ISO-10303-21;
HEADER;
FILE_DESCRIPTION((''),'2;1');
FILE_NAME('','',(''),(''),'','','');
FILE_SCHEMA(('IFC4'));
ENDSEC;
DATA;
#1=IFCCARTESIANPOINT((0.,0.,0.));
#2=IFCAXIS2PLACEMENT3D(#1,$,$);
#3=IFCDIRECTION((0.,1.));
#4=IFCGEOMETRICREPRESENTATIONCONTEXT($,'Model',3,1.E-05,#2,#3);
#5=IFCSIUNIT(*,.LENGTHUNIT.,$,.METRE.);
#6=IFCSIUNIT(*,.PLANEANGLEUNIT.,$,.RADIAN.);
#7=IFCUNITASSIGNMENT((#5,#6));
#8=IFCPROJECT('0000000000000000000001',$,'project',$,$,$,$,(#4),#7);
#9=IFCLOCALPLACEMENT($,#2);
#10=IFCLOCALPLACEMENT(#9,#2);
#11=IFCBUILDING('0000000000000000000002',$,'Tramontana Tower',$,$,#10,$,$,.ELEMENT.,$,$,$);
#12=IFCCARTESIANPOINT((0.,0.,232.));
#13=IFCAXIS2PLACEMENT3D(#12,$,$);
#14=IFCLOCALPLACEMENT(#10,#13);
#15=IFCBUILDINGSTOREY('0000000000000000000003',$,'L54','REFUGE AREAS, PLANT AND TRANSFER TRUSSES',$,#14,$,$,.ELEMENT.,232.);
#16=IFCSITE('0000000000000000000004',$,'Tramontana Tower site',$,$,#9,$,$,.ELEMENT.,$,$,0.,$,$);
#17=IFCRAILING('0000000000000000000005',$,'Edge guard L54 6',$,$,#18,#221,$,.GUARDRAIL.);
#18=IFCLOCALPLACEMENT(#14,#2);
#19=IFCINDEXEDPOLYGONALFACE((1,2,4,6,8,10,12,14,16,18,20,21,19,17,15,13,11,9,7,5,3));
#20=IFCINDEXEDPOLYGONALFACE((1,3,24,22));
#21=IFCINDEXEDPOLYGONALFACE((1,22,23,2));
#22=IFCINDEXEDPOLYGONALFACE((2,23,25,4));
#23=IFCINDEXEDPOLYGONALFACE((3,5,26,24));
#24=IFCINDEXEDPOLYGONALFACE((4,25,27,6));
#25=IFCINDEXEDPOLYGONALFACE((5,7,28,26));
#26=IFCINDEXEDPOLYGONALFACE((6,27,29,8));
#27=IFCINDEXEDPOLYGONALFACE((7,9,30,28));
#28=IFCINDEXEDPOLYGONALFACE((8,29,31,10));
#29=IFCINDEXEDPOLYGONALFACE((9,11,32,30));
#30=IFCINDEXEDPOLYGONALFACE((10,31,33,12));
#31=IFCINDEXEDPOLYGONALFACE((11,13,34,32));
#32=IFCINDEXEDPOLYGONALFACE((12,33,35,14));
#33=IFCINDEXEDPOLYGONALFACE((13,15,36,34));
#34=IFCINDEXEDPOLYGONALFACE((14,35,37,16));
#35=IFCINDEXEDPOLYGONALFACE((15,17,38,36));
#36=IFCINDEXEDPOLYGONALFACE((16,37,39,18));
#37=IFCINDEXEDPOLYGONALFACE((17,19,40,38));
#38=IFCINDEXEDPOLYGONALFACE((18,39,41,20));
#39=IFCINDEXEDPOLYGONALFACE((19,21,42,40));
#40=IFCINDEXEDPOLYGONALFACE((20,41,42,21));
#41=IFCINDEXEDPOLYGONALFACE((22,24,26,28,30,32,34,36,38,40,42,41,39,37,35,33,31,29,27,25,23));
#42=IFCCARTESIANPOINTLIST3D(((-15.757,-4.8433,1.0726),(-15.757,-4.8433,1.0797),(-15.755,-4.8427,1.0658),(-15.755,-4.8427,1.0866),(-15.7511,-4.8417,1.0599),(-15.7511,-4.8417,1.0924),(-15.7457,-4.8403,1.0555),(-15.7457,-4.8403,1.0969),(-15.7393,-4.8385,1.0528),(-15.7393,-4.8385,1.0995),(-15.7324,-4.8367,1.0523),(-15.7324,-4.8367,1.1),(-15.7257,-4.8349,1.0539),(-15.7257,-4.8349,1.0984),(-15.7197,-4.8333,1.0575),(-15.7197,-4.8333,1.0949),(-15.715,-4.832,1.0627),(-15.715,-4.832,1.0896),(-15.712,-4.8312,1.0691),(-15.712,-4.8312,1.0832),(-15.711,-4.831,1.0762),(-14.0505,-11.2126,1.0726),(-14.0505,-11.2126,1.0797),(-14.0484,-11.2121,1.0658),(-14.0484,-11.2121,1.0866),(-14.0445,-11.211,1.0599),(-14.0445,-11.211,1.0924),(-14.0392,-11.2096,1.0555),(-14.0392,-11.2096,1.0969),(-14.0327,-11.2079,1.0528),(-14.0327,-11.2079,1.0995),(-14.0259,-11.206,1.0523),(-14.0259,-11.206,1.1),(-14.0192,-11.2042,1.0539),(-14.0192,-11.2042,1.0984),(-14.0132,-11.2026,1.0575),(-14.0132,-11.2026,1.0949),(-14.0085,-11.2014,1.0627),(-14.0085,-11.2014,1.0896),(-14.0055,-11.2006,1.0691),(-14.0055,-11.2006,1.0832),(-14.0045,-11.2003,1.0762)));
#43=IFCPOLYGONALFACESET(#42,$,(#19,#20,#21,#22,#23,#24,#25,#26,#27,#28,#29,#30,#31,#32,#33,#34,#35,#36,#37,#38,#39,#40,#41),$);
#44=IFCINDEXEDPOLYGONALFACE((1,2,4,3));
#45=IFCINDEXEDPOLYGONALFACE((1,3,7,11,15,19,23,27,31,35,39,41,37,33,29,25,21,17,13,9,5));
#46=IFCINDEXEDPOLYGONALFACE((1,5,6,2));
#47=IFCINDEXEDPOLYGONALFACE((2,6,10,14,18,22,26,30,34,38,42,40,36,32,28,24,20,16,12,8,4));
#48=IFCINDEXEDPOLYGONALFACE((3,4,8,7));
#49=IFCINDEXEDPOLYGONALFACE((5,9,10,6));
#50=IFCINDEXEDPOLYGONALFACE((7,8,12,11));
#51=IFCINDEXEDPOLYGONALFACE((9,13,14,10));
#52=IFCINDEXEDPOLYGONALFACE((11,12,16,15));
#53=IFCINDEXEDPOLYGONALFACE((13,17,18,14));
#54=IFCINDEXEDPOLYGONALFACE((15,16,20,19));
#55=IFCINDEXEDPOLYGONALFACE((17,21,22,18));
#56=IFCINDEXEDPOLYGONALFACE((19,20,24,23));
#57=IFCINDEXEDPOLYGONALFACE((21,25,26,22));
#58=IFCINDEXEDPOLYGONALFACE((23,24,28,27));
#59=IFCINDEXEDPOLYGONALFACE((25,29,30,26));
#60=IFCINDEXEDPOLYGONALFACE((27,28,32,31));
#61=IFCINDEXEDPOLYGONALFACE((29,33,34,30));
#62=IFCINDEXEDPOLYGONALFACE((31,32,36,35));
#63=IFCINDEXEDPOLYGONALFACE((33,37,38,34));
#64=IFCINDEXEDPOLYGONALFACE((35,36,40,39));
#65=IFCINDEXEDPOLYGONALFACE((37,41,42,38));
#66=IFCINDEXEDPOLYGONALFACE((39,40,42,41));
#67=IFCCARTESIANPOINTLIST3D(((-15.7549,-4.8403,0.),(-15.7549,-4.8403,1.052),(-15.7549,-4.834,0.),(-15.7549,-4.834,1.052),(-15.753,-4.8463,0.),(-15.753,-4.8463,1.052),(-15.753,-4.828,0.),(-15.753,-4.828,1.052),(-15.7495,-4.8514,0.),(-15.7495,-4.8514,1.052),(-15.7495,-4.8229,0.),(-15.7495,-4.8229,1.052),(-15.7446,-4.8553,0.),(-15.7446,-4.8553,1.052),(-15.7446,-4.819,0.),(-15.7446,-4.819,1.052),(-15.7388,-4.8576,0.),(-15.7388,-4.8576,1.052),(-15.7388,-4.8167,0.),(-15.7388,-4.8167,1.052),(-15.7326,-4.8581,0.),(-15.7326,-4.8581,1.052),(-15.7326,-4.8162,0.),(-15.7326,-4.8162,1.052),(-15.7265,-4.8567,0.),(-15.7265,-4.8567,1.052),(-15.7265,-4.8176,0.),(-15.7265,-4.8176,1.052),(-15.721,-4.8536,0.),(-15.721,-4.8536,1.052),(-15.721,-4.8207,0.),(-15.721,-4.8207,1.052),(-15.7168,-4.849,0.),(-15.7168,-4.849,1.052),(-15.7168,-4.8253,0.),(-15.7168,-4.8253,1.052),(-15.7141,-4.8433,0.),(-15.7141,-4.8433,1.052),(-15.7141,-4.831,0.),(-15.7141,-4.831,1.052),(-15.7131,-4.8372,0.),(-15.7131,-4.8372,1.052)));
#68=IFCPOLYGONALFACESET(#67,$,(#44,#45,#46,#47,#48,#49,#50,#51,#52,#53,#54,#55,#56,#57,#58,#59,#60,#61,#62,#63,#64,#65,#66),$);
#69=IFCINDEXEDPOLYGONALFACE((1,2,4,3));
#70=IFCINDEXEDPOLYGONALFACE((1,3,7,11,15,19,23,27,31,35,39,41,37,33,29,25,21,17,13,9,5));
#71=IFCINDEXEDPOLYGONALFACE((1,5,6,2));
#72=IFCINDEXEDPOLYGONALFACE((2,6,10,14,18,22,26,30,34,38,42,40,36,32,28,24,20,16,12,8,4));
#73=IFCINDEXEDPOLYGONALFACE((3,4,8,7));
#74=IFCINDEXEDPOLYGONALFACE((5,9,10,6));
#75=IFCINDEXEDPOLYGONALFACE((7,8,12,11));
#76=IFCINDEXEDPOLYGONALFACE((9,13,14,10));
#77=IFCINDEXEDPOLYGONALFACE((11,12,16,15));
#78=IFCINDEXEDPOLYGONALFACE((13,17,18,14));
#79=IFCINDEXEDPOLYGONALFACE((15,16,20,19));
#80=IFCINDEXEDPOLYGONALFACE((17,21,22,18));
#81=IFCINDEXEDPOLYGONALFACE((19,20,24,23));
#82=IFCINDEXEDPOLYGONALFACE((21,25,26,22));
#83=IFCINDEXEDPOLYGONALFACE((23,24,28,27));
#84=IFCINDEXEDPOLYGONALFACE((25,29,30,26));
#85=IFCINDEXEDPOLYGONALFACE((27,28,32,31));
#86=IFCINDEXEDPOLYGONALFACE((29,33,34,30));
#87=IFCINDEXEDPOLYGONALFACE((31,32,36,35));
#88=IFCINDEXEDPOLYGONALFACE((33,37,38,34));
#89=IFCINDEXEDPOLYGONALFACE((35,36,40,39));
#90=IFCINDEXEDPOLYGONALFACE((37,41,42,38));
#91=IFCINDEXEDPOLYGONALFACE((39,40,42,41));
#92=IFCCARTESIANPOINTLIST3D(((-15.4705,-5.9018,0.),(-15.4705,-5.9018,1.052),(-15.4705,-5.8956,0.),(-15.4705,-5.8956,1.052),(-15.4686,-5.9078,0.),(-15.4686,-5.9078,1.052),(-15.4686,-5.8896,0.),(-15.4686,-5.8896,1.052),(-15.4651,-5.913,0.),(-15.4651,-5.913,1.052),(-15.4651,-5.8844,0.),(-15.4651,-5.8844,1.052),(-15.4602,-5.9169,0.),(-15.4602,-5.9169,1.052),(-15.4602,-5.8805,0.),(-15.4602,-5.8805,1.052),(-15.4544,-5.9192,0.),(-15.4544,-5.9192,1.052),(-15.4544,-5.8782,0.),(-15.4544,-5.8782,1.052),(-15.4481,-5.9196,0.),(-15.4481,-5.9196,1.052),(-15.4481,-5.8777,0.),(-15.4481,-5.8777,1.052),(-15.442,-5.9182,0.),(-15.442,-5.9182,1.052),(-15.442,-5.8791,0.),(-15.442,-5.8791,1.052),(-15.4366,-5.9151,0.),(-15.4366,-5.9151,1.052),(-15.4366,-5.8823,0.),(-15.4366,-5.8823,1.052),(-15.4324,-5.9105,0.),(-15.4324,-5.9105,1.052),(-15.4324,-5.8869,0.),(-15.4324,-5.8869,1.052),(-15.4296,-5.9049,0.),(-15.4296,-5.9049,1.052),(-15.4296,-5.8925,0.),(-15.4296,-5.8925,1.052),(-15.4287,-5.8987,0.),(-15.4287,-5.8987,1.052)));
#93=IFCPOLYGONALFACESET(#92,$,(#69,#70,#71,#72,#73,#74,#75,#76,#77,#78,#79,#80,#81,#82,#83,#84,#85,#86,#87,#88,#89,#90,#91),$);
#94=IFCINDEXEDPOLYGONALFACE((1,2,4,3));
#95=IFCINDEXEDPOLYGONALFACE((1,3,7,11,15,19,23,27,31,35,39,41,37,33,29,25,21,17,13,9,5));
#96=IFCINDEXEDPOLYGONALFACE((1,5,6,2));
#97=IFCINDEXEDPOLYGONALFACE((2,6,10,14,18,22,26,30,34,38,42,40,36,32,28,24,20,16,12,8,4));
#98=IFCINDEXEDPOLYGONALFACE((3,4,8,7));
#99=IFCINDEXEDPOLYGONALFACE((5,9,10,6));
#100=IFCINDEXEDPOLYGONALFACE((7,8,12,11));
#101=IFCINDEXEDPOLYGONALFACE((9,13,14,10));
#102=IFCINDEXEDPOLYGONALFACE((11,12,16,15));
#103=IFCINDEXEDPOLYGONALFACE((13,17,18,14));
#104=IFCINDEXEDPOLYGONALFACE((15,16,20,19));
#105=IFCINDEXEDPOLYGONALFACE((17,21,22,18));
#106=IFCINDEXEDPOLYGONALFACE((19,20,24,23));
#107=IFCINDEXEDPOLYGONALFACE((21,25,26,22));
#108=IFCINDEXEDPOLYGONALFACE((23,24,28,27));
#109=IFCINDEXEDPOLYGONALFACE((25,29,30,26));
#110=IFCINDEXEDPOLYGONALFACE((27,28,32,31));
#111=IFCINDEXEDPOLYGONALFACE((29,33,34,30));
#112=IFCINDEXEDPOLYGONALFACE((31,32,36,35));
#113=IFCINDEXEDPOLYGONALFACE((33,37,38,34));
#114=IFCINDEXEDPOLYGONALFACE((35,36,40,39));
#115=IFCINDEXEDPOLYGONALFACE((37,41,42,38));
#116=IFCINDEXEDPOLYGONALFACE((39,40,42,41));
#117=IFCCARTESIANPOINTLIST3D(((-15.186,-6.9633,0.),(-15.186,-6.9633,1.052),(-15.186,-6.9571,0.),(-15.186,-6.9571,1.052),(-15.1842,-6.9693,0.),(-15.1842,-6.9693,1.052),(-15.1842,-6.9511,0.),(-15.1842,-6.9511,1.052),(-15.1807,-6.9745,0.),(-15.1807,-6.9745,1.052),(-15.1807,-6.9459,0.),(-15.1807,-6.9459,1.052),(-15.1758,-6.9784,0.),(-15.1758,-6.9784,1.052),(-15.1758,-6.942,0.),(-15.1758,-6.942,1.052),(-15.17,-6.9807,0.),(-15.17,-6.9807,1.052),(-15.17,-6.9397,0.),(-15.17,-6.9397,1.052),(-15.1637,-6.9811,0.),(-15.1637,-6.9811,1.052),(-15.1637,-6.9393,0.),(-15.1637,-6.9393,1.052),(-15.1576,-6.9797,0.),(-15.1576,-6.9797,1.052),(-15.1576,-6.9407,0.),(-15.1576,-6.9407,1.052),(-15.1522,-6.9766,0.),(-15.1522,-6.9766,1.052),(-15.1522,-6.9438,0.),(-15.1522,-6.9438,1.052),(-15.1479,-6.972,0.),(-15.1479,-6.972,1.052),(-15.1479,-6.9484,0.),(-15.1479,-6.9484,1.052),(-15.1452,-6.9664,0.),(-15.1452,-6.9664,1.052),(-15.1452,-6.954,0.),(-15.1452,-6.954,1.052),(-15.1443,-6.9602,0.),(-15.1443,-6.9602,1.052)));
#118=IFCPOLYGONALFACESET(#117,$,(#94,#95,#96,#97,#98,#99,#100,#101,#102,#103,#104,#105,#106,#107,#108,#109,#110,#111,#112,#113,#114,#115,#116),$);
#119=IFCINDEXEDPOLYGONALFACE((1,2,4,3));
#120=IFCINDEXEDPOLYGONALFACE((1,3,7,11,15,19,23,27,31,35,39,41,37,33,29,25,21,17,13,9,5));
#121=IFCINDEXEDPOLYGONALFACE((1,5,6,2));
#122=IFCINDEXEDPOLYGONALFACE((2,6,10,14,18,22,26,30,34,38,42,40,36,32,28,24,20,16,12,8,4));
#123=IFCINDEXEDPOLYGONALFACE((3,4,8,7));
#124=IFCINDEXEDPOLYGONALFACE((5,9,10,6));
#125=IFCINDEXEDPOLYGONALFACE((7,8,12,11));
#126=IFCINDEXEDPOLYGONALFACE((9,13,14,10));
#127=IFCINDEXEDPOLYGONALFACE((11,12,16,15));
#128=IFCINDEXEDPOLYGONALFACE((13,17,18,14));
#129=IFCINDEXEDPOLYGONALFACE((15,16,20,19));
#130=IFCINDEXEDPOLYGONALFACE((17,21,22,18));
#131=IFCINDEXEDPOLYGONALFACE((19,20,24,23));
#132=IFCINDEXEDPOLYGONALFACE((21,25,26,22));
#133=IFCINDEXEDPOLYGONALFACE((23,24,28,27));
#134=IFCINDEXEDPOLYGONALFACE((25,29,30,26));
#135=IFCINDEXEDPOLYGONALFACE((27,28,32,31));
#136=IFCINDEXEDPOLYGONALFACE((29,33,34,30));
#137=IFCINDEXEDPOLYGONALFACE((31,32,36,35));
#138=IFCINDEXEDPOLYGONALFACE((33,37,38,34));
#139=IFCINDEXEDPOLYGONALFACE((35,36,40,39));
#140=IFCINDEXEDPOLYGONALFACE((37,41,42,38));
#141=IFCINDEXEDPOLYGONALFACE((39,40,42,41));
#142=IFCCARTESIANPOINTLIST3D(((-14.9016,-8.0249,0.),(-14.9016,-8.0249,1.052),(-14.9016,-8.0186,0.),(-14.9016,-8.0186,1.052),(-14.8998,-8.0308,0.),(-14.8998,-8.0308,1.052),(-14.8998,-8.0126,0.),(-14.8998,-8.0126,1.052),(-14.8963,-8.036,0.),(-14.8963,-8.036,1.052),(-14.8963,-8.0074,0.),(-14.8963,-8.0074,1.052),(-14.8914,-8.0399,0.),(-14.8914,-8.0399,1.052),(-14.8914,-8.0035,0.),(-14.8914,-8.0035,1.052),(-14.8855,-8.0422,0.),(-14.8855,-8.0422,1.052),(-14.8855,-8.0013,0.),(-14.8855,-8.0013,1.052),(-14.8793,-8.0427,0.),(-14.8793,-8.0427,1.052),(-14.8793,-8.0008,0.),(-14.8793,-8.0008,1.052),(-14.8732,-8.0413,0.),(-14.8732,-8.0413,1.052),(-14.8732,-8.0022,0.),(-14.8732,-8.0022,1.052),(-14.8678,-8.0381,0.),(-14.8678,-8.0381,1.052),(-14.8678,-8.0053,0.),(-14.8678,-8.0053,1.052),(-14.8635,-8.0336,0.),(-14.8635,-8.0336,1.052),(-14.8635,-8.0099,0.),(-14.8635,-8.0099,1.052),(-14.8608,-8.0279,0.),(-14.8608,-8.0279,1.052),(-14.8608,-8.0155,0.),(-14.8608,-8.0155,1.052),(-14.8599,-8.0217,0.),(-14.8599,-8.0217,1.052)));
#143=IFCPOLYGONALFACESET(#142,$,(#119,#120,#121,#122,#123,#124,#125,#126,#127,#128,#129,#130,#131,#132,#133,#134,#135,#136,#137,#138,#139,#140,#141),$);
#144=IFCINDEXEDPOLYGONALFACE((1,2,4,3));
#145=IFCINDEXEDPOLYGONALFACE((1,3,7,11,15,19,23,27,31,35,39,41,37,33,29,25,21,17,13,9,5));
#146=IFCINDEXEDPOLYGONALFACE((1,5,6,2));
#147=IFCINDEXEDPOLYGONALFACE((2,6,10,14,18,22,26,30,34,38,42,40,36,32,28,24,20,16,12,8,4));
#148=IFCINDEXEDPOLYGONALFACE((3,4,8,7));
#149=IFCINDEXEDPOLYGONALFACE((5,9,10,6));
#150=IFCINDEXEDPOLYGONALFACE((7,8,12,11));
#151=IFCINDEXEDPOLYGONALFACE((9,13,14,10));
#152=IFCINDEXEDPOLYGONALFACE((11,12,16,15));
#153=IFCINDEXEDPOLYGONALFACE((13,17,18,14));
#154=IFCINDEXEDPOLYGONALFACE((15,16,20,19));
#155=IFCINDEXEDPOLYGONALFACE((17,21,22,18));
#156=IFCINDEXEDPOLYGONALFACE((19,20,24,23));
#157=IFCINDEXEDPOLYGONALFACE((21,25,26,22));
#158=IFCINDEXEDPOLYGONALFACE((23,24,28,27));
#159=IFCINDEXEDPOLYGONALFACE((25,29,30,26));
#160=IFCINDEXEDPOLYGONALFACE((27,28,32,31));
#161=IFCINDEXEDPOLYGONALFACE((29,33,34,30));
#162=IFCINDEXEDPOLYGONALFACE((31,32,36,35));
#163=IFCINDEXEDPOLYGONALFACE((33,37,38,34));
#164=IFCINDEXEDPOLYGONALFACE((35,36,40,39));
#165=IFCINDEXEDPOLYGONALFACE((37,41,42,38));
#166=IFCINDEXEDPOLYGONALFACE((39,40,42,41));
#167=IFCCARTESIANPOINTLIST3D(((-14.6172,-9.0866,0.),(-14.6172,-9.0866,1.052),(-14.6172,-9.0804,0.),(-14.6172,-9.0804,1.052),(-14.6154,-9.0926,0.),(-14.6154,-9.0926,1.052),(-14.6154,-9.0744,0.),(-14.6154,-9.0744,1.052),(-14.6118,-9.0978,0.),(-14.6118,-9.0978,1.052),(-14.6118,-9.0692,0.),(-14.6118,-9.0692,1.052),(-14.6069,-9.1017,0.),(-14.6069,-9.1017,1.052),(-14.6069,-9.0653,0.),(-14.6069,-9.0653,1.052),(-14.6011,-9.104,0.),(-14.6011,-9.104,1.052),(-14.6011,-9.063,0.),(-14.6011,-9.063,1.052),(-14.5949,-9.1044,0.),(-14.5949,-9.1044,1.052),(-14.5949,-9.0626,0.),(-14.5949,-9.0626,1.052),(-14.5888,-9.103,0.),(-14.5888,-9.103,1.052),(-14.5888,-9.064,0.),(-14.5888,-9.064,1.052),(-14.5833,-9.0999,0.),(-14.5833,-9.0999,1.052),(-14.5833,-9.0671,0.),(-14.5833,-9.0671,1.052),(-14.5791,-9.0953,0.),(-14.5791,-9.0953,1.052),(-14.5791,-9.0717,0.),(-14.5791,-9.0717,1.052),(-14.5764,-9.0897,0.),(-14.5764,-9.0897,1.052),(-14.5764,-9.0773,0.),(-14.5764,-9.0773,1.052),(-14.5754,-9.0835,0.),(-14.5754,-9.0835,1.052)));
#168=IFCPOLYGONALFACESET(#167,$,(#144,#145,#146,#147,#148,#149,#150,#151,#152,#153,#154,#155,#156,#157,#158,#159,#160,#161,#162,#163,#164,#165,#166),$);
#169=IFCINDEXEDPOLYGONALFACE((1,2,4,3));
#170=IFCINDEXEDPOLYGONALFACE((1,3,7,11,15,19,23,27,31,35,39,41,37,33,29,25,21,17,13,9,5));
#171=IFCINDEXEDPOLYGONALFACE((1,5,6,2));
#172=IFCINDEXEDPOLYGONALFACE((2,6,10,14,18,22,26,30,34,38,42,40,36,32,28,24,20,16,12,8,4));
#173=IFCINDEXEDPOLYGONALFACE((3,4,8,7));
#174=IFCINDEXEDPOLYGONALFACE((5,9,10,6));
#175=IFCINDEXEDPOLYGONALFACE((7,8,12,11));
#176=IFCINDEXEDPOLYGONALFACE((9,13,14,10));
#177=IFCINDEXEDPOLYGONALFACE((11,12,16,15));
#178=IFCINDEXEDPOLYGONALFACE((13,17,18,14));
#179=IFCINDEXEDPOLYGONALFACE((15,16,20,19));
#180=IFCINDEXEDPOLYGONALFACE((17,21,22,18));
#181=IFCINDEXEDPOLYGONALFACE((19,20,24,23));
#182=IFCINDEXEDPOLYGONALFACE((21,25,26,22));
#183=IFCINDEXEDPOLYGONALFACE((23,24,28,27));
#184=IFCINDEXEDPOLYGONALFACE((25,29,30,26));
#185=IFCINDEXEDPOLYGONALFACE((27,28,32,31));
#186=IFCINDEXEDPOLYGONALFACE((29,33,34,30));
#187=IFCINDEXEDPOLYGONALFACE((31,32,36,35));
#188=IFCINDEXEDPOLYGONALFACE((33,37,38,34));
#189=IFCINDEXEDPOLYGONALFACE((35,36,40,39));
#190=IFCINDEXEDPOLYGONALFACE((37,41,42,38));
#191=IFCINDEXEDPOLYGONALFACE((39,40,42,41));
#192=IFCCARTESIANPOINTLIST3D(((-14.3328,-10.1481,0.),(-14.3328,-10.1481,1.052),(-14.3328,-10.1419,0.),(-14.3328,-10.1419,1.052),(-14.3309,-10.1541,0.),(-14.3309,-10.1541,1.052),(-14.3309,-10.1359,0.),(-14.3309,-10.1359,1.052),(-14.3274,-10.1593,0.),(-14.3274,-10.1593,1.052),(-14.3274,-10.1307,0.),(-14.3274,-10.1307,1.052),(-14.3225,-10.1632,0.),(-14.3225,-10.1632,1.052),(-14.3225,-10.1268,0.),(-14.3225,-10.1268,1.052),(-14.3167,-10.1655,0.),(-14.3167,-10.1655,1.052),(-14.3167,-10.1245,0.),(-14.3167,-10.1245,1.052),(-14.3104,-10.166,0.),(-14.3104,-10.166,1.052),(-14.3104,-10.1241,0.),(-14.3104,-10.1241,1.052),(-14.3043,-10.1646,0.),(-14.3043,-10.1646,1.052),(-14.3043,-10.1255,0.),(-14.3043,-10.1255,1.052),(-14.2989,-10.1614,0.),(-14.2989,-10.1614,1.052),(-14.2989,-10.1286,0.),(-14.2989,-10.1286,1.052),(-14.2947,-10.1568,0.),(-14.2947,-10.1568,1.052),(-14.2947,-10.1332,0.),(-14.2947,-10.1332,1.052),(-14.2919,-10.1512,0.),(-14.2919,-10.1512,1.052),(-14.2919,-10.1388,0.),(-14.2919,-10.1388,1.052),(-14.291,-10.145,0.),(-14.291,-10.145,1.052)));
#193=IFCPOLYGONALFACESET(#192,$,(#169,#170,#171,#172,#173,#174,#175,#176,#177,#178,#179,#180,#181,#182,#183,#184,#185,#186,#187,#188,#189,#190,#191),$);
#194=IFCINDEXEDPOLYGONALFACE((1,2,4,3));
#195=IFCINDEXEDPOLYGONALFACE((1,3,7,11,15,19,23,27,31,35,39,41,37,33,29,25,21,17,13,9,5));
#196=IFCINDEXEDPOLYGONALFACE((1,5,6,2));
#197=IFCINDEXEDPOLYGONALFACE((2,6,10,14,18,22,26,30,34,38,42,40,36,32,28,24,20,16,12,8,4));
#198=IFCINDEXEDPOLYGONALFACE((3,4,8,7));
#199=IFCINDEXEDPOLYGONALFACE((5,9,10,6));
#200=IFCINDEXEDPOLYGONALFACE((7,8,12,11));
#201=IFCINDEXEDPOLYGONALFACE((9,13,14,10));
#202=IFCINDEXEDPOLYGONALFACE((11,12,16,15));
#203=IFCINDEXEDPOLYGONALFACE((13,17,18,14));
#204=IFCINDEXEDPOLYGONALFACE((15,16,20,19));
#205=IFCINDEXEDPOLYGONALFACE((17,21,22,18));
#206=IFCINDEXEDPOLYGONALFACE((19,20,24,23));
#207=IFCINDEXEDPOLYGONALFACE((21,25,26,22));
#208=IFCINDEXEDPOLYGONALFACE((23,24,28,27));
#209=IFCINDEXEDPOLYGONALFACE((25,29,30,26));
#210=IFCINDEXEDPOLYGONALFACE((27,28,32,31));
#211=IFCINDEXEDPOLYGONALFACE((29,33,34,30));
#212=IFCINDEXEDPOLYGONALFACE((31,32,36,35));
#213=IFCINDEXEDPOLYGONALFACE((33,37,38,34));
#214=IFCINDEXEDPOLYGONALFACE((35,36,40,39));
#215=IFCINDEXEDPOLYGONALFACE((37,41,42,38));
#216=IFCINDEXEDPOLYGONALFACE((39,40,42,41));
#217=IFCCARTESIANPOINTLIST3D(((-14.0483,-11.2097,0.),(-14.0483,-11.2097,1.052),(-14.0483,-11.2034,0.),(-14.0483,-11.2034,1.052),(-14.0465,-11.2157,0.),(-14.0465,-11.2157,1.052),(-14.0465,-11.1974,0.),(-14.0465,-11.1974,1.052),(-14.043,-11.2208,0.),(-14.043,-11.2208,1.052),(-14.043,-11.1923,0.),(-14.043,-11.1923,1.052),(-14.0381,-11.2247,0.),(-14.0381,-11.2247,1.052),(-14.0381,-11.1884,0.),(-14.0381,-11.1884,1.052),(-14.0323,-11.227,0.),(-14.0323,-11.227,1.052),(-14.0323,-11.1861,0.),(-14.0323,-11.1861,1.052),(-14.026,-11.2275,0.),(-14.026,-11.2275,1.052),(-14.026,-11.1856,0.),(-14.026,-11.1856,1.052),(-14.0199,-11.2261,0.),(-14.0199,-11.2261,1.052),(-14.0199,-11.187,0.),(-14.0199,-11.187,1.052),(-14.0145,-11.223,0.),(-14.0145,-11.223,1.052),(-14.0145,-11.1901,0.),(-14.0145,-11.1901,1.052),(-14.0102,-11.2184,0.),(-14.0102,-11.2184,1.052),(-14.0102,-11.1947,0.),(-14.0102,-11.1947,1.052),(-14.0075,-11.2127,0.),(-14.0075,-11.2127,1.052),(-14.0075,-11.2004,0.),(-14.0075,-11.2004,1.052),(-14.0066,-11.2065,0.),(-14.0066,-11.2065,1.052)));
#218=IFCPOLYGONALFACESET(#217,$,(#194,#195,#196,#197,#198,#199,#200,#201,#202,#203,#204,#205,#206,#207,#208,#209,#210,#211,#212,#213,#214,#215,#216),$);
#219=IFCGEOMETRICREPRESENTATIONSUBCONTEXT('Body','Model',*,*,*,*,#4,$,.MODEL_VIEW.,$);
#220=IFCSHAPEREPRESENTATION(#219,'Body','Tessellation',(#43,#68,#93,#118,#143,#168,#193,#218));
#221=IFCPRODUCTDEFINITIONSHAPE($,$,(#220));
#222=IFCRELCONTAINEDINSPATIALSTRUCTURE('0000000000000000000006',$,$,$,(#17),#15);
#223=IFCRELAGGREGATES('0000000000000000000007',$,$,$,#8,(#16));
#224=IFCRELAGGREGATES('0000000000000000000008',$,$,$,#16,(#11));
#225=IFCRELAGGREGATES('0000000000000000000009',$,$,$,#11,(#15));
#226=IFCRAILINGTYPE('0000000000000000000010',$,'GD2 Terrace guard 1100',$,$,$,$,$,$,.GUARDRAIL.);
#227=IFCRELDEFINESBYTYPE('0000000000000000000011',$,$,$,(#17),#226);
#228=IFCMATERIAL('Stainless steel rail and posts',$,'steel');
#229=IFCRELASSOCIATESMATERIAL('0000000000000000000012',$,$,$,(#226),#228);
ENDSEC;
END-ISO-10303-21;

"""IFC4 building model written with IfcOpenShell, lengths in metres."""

from ifc_helpers import new_model, si_unit, direction, frame, origin, origin_2d, place, context, subcontext, project, spatial, circle, extrude, material, type_object, element, save


model = new_model("IFC4")

# Units and contexts
model_context = context("Model", 3, precision=1e-05, world=origin(), true_north=direction((0.0, 1.0)))
body_context = subcontext(model_context, "Body", "Model", "MODEL_VIEW")
ifc_project = project(units=[si_unit("LENGTHUNIT", "METRE"), si_unit("PLANEANGLEUNIT", "RADIAN")], contexts=[model_context])

# Site, building, storey
site_placement = place(None, origin())
site = spatial("IfcSite", under=ifc_project, at=site_placement, Name="Tramontana Tower site", CompositionType="ELEMENT", RefElevation=0.0)
building_placement = place(site_placement, origin())
building = spatial("IfcBuilding", under=site, at=building_placement, Name="Tramontana Tower", CompositionType="ELEMENT")
storey_placement = place(building_placement, frame((0.0, 0.0, 232.0)))
storey = spatial("IfcBuildingStorey", under=building, at=storey_placement, Name="L54", Description="REFUGE AREAS, PLANT AND TRANSFER TRUSSES", CompositionType="ELEMENT", Elevation=232.0)

# Railing
ifc_material_1 = material(Name="Stainless steel rail and posts", Category="steel")
railing_type_1 = type_object("IfcRailingType", Name="GD2 Terrace guard 1100", PredefinedType="GUARDRAIL", material=ifc_material_1)
railing_1_placement = place(storey_placement, frame((-15.7341, -4.8372, 0.0)))
element("IfcRailing", 1, at=railing_1_placement, inside=storey, type_object=railing_type_1, Name="Edge guard L54 6", PredefinedType="GUARDRAIL", context=body_context, shape_type="SweptSolid", body=[
    extrude(circle(Radius=0.0239, at=origin_2d()), frame((0.0, 0.0, 1.0762), z_axis=(0.258801, -0.965931, 0.0), x_axis=(0.965931, 0.258801, 0.0)), (0.0, 0.0, 1.0), 6.594),
    extrude(circle(Radius=0.021, at=origin_2d()), origin(), (0.0, 0.0, 1.0), 1.052),
    extrude(circle(Radius=0.021, at=origin_2d()), frame((0.2844, -1.0615, 0.0)), (0.0, 0.0, 1.0), 1.052),
    extrude(circle(Radius=0.021, at=origin_2d()), frame((0.5688, -2.123, 0.0)), (0.0, 0.0, 1.0), 1.052),
    extrude(circle(Radius=0.021, at=origin_2d()), frame((0.8533, -3.1846, 0.0)), (0.0, 0.0, 1.0), 1.052),
    extrude(circle(Radius=0.021, at=origin_2d()), frame((1.1377, -4.2463, 0.0)), (0.0, 0.0, 1.0), 1.052),
    extrude(circle(Radius=0.021, at=origin_2d()), frame((1.4221, -5.3079, 0.0)), (0.0, 0.0, 1.0), 1.052),
    extrude(circle(Radius=0.021, at=origin_2d()), frame((1.7065, -6.3694, 0.0)), (0.0, 0.0, 1.0), 1.052),
])

save(model, "model.ifc")
